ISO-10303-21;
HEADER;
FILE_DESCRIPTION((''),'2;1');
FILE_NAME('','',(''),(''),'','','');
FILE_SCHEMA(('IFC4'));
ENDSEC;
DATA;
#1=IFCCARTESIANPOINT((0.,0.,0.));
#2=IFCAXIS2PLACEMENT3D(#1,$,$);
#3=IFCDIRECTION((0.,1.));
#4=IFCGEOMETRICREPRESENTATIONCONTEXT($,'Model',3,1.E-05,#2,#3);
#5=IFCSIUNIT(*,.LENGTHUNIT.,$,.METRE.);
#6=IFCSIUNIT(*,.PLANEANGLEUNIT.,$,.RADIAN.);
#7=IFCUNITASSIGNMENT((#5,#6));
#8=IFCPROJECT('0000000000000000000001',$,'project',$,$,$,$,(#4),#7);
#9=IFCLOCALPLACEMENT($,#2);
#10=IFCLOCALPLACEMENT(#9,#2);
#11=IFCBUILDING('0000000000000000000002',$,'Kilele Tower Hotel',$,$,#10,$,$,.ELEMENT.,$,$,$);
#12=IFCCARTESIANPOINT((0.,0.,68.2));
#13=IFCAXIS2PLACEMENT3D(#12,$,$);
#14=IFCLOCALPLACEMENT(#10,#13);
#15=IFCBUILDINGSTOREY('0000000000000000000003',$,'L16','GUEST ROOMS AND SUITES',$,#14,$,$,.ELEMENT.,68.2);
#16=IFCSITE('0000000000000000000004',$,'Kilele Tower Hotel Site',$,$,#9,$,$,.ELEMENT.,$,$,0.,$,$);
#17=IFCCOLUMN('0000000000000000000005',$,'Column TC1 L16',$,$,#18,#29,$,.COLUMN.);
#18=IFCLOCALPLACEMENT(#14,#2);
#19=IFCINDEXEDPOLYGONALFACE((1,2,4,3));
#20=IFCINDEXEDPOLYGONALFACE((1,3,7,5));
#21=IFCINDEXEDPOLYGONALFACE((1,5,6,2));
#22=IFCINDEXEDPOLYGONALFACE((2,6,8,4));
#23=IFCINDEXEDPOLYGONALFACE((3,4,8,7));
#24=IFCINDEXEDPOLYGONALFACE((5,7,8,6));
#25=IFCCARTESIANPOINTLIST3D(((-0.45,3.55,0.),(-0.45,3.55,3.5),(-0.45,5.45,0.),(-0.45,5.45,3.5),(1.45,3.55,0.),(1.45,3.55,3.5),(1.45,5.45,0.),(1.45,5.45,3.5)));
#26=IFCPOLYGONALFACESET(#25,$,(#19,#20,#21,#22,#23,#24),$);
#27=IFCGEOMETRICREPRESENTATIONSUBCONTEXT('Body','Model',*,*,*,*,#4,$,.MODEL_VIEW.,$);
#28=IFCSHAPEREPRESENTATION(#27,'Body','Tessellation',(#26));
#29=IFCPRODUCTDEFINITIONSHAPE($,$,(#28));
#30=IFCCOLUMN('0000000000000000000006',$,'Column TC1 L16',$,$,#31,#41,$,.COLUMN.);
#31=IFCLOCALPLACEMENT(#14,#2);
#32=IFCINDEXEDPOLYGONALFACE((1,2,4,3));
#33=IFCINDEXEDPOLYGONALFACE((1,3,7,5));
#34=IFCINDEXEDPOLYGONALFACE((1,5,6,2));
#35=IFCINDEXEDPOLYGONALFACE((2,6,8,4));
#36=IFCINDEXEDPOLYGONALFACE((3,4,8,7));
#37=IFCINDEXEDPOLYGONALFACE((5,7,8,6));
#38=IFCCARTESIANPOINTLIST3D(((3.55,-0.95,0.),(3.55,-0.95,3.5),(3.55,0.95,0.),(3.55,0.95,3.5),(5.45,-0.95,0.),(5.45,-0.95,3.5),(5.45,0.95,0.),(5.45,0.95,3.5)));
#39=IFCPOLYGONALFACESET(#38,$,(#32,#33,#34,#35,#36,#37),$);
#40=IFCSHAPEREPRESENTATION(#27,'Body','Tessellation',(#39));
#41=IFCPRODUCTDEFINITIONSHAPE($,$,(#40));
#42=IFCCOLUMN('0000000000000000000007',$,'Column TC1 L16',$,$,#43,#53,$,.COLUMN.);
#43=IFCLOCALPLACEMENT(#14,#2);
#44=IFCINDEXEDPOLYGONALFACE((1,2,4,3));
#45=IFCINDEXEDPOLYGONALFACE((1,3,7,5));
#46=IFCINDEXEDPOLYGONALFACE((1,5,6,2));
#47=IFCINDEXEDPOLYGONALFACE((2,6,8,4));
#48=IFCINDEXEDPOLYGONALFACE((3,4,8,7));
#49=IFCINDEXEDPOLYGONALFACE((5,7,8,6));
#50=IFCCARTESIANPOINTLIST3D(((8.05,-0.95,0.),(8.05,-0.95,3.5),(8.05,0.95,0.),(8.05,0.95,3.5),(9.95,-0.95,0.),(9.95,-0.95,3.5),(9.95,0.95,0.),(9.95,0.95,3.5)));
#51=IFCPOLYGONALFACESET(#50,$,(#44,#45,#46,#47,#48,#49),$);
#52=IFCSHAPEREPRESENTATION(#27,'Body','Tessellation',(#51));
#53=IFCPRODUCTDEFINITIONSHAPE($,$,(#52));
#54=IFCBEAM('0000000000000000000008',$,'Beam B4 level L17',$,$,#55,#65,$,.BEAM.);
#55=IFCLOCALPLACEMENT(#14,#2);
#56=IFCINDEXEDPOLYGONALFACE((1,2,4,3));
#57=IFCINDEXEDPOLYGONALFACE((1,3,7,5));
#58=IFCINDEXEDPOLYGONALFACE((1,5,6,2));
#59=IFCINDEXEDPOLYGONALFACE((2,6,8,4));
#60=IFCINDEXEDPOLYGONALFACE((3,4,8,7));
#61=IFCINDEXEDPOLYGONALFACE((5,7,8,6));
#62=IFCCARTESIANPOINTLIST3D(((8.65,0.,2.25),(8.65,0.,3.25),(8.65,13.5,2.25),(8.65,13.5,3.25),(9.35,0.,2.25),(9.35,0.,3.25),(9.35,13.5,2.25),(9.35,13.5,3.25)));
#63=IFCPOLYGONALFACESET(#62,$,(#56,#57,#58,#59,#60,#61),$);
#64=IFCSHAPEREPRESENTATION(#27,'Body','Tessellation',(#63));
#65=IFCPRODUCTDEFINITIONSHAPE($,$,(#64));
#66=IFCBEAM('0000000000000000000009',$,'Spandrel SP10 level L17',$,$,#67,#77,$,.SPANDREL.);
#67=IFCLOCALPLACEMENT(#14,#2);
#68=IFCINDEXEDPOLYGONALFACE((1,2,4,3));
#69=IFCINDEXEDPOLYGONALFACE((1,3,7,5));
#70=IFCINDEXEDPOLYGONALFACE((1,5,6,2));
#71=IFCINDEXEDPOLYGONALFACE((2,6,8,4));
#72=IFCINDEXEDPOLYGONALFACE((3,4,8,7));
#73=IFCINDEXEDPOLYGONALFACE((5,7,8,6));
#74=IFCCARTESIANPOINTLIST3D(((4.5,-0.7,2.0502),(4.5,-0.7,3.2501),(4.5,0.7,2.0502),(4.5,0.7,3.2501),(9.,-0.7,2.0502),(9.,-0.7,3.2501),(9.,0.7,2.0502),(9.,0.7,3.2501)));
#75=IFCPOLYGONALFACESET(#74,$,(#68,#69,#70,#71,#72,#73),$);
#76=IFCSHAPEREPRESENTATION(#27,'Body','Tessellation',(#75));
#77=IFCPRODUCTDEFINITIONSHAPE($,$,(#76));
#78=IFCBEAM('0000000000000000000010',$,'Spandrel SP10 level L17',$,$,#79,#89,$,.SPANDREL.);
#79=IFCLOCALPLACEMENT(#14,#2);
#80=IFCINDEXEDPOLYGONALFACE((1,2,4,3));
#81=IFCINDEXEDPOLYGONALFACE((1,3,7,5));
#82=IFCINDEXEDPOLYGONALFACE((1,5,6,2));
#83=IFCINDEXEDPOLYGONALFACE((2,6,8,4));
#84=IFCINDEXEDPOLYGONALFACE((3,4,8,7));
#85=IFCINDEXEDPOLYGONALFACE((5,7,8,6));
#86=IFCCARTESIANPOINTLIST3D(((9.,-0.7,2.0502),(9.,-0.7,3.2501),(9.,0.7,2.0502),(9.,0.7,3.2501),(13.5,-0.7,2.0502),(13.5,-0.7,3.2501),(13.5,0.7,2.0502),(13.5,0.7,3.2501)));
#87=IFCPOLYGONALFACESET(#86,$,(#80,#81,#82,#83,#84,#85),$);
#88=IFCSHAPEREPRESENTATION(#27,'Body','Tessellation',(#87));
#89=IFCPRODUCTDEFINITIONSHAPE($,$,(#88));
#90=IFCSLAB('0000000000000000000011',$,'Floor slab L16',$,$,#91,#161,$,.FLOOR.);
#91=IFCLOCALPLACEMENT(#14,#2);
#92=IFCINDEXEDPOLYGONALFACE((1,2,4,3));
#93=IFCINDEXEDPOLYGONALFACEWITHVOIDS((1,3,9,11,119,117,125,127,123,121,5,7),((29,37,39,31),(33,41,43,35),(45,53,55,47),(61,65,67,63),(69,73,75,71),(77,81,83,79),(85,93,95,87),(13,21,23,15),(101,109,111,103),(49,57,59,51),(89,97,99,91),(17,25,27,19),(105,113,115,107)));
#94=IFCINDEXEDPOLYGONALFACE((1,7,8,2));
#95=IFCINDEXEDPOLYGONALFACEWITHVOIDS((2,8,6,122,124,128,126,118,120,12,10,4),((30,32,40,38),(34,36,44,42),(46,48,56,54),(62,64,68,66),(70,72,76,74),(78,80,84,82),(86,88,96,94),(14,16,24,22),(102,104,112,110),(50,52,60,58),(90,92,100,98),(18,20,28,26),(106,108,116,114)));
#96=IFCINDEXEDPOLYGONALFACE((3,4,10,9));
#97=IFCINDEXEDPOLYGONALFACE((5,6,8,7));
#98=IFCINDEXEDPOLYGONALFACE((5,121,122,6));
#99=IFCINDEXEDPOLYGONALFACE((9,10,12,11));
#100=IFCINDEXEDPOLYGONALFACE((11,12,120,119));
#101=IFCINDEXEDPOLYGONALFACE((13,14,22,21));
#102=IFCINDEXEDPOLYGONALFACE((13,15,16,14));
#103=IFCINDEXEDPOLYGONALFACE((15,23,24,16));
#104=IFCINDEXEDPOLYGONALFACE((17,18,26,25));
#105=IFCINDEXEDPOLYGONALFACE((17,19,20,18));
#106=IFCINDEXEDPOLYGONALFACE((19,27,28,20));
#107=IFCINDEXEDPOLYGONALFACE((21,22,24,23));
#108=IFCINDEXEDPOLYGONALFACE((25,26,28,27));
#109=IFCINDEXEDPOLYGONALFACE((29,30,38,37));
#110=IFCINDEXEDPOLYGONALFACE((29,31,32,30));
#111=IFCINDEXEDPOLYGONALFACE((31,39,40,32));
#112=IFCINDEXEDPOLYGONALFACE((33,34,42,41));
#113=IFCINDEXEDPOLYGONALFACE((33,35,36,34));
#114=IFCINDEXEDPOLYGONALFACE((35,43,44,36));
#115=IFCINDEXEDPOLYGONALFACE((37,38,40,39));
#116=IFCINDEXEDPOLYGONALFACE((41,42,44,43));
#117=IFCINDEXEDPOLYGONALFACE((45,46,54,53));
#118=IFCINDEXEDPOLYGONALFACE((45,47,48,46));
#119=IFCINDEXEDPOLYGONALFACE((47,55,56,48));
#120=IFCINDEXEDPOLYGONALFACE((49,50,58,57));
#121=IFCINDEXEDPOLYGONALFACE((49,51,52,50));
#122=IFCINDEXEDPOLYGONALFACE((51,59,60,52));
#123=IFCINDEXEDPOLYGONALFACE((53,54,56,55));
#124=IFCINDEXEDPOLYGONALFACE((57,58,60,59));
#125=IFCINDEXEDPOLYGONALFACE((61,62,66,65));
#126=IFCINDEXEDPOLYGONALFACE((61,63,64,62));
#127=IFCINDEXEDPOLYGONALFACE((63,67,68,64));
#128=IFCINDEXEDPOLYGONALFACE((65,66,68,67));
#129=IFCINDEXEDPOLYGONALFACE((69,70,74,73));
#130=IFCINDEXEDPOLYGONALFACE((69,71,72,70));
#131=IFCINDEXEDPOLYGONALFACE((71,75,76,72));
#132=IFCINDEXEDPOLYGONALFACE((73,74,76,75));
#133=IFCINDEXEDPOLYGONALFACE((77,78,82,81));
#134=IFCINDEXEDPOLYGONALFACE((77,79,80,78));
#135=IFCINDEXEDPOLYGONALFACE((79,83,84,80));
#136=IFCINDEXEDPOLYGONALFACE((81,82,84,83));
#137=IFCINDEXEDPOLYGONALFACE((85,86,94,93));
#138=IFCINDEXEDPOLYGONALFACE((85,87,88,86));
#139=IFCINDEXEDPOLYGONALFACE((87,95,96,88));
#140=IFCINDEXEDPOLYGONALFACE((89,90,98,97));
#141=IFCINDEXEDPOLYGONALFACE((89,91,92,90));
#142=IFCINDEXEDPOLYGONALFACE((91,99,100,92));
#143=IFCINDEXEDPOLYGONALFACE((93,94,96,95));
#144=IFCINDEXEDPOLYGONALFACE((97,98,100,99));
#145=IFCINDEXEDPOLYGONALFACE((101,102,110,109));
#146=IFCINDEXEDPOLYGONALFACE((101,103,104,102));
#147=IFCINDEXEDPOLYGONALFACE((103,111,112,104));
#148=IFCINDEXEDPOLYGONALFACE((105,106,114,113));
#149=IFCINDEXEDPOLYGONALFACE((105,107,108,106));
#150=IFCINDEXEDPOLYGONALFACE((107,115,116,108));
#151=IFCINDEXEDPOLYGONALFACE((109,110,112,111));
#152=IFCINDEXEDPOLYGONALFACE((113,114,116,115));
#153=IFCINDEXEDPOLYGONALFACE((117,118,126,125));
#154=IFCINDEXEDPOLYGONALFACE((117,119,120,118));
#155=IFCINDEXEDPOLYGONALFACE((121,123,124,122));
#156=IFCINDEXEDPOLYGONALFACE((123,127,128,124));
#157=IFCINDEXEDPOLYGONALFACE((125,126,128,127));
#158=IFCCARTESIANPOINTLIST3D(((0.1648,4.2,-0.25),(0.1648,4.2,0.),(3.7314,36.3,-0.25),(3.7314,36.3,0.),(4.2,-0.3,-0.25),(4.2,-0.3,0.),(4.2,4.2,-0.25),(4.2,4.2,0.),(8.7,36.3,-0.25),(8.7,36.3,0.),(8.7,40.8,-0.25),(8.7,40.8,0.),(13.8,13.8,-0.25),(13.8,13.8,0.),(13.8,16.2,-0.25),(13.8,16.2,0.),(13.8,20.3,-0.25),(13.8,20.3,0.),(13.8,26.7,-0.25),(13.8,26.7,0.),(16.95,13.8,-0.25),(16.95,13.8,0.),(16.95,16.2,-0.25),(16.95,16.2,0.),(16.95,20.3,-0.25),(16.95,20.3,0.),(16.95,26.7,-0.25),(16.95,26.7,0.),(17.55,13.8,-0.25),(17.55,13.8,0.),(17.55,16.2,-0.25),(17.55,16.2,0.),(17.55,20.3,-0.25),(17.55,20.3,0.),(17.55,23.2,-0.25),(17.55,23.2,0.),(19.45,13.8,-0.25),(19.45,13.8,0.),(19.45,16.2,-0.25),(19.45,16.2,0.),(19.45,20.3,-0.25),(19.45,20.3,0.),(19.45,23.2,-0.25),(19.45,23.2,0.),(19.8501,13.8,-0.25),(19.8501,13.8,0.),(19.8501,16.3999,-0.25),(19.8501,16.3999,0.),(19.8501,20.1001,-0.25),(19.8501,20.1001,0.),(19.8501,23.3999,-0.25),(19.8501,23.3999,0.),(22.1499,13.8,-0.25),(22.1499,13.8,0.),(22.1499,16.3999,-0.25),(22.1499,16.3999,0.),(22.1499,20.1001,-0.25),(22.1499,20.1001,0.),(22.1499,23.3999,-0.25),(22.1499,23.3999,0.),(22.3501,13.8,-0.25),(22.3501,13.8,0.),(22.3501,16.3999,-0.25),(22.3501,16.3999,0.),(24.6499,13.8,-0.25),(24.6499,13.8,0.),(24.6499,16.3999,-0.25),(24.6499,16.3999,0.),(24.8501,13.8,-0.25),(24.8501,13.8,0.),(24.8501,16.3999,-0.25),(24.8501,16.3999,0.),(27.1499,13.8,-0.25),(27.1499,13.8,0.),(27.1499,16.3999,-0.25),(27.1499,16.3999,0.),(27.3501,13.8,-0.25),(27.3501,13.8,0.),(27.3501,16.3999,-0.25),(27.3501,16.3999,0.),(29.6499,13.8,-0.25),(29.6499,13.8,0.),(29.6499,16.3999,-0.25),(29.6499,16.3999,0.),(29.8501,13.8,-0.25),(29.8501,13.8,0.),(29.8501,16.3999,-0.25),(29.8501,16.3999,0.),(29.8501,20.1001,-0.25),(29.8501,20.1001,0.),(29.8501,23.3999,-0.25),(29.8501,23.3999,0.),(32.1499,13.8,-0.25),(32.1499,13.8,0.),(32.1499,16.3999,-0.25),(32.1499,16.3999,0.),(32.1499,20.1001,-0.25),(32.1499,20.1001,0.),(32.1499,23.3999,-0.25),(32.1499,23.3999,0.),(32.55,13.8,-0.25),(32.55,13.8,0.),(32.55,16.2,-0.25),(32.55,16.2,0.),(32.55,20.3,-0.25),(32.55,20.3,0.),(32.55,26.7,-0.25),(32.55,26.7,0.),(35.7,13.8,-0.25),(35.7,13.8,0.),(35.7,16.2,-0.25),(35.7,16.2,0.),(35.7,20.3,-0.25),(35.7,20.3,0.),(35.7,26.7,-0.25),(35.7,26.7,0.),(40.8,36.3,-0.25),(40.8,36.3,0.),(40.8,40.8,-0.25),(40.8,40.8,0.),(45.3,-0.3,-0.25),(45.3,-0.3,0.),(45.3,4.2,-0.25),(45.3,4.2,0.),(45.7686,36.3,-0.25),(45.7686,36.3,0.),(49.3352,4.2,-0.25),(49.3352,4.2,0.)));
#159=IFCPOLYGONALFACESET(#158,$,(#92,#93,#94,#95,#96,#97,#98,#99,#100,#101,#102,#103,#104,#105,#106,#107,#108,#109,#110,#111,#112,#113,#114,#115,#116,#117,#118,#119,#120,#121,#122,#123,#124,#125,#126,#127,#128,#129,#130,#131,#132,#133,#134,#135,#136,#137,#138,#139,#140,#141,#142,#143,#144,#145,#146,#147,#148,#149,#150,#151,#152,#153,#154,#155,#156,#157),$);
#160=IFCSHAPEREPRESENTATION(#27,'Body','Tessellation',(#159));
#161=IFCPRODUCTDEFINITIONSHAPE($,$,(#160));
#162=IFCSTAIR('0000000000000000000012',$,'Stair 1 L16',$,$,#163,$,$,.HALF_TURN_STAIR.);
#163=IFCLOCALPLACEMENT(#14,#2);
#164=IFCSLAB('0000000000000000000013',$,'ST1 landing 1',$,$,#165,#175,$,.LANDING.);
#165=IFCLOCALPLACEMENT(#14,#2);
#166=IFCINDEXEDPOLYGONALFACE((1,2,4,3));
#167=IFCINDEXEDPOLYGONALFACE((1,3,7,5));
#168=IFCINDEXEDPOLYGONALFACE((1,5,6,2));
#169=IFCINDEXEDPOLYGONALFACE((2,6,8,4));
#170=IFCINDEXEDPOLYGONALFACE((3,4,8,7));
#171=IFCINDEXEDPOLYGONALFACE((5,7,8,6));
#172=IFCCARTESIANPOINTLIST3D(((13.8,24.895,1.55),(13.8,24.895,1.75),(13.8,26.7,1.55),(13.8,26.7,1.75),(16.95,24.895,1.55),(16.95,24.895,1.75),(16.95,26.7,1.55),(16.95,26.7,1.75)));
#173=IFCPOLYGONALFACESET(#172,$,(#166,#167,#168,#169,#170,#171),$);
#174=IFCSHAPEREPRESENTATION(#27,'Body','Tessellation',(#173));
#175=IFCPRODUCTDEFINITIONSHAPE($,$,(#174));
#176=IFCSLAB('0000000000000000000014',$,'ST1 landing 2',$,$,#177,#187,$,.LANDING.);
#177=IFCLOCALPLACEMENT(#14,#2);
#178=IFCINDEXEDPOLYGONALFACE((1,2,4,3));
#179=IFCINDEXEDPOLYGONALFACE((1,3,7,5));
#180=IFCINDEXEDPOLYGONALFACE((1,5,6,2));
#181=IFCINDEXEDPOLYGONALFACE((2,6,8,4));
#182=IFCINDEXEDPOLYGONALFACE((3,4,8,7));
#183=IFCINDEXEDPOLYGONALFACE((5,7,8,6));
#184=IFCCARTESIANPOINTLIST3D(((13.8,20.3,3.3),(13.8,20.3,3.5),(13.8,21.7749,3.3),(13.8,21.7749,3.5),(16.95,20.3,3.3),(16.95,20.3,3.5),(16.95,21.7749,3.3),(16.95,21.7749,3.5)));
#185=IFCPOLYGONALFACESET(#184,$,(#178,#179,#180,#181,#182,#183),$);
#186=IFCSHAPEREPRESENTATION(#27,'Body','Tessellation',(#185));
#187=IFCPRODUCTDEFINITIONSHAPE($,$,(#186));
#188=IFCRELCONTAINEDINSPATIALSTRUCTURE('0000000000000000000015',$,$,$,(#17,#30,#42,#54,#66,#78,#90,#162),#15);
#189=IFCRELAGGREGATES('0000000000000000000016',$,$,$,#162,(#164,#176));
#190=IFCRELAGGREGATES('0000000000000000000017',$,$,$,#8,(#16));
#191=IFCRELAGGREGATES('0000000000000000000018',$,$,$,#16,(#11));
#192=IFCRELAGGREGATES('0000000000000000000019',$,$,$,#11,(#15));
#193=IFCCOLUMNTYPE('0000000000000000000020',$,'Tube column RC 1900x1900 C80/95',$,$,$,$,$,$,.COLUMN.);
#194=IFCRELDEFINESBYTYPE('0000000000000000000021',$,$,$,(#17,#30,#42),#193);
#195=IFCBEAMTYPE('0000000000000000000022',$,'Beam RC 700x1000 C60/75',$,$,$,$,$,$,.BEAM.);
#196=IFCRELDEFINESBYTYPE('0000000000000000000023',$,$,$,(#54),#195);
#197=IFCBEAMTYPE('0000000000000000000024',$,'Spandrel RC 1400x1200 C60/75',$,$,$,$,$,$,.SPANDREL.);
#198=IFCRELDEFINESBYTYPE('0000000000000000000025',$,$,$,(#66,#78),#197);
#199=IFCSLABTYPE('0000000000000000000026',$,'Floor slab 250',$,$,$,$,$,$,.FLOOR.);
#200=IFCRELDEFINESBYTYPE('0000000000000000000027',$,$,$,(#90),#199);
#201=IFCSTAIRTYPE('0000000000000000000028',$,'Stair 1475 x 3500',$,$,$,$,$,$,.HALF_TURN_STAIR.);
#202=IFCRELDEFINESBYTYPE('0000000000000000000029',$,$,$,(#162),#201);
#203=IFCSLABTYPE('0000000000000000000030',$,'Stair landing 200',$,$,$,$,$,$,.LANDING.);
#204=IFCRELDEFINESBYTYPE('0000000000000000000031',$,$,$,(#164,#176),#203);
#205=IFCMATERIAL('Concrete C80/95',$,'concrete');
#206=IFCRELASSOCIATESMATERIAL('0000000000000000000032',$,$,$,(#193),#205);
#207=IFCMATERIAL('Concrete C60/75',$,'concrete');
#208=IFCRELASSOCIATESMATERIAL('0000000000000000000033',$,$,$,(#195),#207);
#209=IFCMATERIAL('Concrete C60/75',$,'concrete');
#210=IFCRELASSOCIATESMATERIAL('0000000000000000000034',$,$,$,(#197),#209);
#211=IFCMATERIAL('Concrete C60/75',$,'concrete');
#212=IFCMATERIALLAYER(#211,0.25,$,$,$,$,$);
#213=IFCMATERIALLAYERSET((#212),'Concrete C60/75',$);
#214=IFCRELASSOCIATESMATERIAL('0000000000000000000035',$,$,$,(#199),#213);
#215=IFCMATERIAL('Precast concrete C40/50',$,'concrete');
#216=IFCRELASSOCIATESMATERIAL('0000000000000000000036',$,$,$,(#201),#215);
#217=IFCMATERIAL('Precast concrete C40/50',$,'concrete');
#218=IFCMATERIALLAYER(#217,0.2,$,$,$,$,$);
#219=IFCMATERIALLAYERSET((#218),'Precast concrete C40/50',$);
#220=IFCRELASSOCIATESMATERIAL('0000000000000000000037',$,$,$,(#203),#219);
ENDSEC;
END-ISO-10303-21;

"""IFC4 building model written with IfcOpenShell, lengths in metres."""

from ifc_helpers import new_model, si_unit, direction, frame, origin, origin_2d, place, context, subcontext, project, spatial, polyline, rectangle, outline, extrude, material, layer, layer_set, material_profile, profile_set, type_object, element, aggregate, save


model = new_model("IFC4")

# Units and contexts
model_context = context("Model", 3, precision=1e-05, world=origin(), true_north=direction((0.0, 1.0)))
body_context = subcontext(model_context, "Body", "Model", "MODEL_VIEW")
ifc_project = project(units=[si_unit("LENGTHUNIT", "METRE"), si_unit("PLANEANGLEUNIT", "RADIAN")], contexts=[model_context])

# Site, building, storey
site_placement = place(None, origin())
site = spatial("IfcSite", under=ifc_project, at=site_placement, Name="Kilele Tower Hotel Site", CompositionType="ELEMENT", RefElevation=0.0)
building_placement = place(site_placement, origin())
building = spatial("IfcBuilding", under=site, at=building_placement, Name="Kilele Tower Hotel", CompositionType="ELEMENT")
storey_placement = place(building_placement, frame((0.0, 0.0, 68.2)))
storey = spatial("IfcBuildingStorey", under=building, at=storey_placement, Name="L16", Description="GUEST ROOMS AND SUITES", CompositionType="ELEMENT", Elevation=68.2)

# Columns
ifc_material_1 = material(Name="Concrete C80/95", Category="concrete")
ifc_material_profile_1 = material_profile(ifc_material_1, rectangle(XDim=1.8999, YDim=1.8999, at=origin_2d()))
ifc_profile_set_1 = profile_set([ifc_material_profile_1], Name="Concrete C80/95")
column_type = type_object("IfcColumnType", Name="Tube column RC 1900x1900 C80/95", PredefinedType="COLUMN", material=ifc_profile_set_1)
for number, where, z_axis, x_axis, name in (
    (1, (0.5, 4.5, 0.0), (0.0, 0.0, 1.0), (1.0, 0.0, 0.0), "Column TC1 L16"),
    (2, (4.5, 0.0, 0.0), (0.0, 0.0, 1.0), (1.0, 0.0, 0.0), "Column TC1 L16"),
    (3, (9.0, 0.0, 0.0), (0.0, 0.0, 1.0), (1.0, 0.0, 0.0), "Column TC1 L16"),
):
    element("IfcColumn", number, at=place(storey_placement, frame(where, z_axis=z_axis, x_axis=x_axis)), inside=storey, type_object=column_type, Name=name, PredefinedType="COLUMN", context=body_context, shape_type="SweptSolid", body=[
        extrude(rectangle(XDim=1.8999, YDim=1.8999, at=origin_2d()), origin(), (0.0, 0.0, 1.0), 3.5),
    ])

# Beams
ifc_material_2 = material(Name="Concrete C60/75", Category="concrete")
ifc_material_profile_2 = material_profile(ifc_material_2, rectangle(XDim=0.7, YDim=1.0, at=origin_2d()))
ifc_profile_set_2 = profile_set([ifc_material_profile_2], Name="Concrete C60/75")
beam_type_1 = type_object("IfcBeamType", Name="Beam RC 700x1000 C60/75", PredefinedType="BEAM", material=ifc_profile_set_2)
beam_placement = place(storey_placement, frame((9.0, 0.0, 2.75), z_axis=(0.0, 1.0, 0.0), x_axis=(-1.0, 0.0, 0.0)))
element("IfcBeam", 4, at=beam_placement, inside=storey, type_object=beam_type_1, Name="Beam B4 level L17", PredefinedType="BEAM", context=body_context, shape_type="SweptSolid", body=[
    extrude(rectangle(XDim=0.7, YDim=1.0, at=origin_2d()), origin(), (0.0, 0.0, 1.0), 13.5),
])
ifc_material_3 = material(Name="Concrete C60/75", Category="concrete")
ifc_material_profile_3 = material_profile(ifc_material_3, rectangle(XDim=1.3999, YDim=1.2, at=origin_2d()))
ifc_profile_set_3 = profile_set([ifc_material_profile_3], Name="Concrete C60/75")
beam_type_2 = type_object("IfcBeamType", Name="Spandrel RC 1400x1200 C60/75", PredefinedType="SPANDREL", material=ifc_profile_set_3)
for number, where, z_axis, x_axis, name in (
    (5, (4.5, 0.0, 2.6501), (1.0, 0.0, 0.0), (0.0, 1.0, 0.0), "Spandrel SP10 level L17"),
    (6, (9.0, 0.0, 2.6501), (1.0, 0.0, 0.0), (0.0, 1.0, 0.0), "Spandrel SP10 level L17"),
):
    element("IfcBeam", number, at=place(storey_placement, frame(where, z_axis=z_axis, x_axis=x_axis)), inside=storey, type_object=beam_type_2, Name=name, PredefinedType="SPANDREL", context=body_context, shape_type="SweptSolid", body=[
        extrude(rectangle(XDim=1.3999, YDim=1.2, at=origin_2d()), origin(), (0.0, 0.0, 1.0), 4.5),
    ])

# Slab
ifc_material_4 = material(Name="Concrete C60/75", Category="concrete")
ifc_layer_1 = layer(ifc_material_4, 0.25)
ifc_layer_set_1 = layer_set([ifc_layer_1], Name="Concrete C60/75")
slab_type_1 = type_object("IfcSlabType", Name="Floor slab 250", PredefinedType="FLOOR", material=ifc_layer_set_1)
slab_1_placement = place(storey_placement, frame((0.0, 0.0, -0.25)))
element("IfcSlab", 7, at=slab_1_placement, inside=storey, type_object=slab_type_1, Name="Floor slab L16", PredefinedType="FLOOR", context=body_context, shape_type="SweptSolid", body=[
    extrude(outline(polyline([(8.7, 36.3), (8.7, 40.8), (40.8, 40.8), (40.8, 36.3), (45.7686, 36.3), (49.3352, 4.2), (45.3, 4.2), (45.3, -0.3), (4.2, -0.3), (4.2, 4.2), (0.1648, 4.2), (3.7314, 36.3), (8.7, 36.3)]), holes=[polyline([(16.95, 16.2), (13.8, 16.2), (13.8, 13.8), (16.95, 13.8), (16.95, 16.2)]), polyline([(19.45, 13.8), (19.45, 16.2), (17.55, 16.2), (17.55, 13.8), (19.45, 13.8)]), polyline([(22.1499, 13.8), (22.1499, 16.3999), (19.8501, 16.3999), (19.8501, 13.8), (22.1499, 13.8)]), polyline([(24.6499, 16.3999), (22.3501, 16.3999), (22.3501, 13.8), (24.6499, 13.8), (24.6499, 16.3999)]), polyline([(19.45, 20.3), (19.45, 23.2), (17.55, 23.2), (17.55, 20.3), (19.45, 20.3)]), polyline([(22.1499, 20.1001), (22.1499, 23.3999), (19.8501, 23.3999), (19.8501, 20.1001), (22.1499, 20.1001)]), polyline([(16.95, 26.7), (13.8, 26.7), (13.8, 20.3), (16.95, 20.3), (16.95, 26.7)]), polyline([(35.7, 13.8), (35.7, 16.2), (32.55, 16.2), (32.55, 13.8), (35.7, 13.8)]), polyline([(27.1499, 13.8), (27.1499, 16.3999), (24.8501, 16.3999), (24.8501, 13.8), (27.1499, 13.8)]), polyline([(29.6499, 13.8), (29.6499, 16.3999), (27.3501, 16.3999), (27.3501, 13.8), (29.6499, 13.8)]), polyline([(32.1499, 13.8), (32.1499, 16.3999), (29.8501, 16.3999), (29.8501, 13.8), (32.1499, 13.8)]), polyline([(32.1499, 20.1001), (32.1499, 23.3999), (29.8501, 23.3999), (29.8501, 20.1001), (32.1499, 20.1001)]), polyline([(35.7, 20.3), (35.7, 26.7), (32.55, 26.7), (32.55, 20.3), (35.7, 20.3)])]), origin(), (0.0, 0.0, 1.0), 0.25),
])

# Stair, slabs
ifc_material_5 = material(Name="Precast concrete C40/50", Category="concrete")
stair_type = type_object("IfcStairType", Name="Stair 1475 x 3500", PredefinedType="HALF_TURN_STAIR", material=ifc_material_5)
stair_1_placement = place(storey_placement, origin())
stair_1 = element("IfcStair", 8, at=stair_1_placement, inside=storey, type_object=stair_type, Name="Stair 1 L16", PredefinedType="HALF_TURN_STAIR")
ifc_material_6 = material(Name="Precast concrete C40/50", Category="concrete")
ifc_layer_2 = layer(ifc_material_6, 0.2)
ifc_layer_set_2 = layer_set([ifc_layer_2], Name="Precast concrete C40/50")
slab_type_2 = type_object("IfcSlabType", Name="Stair landing 200", PredefinedType="LANDING", material=ifc_layer_set_2)
slab_2_placement = place(storey_placement, frame((0.0, 0.0, 1.55)))
slab_2 = element("IfcSlab", 9, at=slab_2_placement, type_object=slab_type_2, Name="ST1 landing 1", PredefinedType="LANDING", context=body_context, shape_type="SweptSolid", body=[
    extrude(outline(polyline([(13.8, 24.895), (16.95, 24.895), (16.95, 26.7), (13.8, 26.7), (13.8, 24.895)])), origin(), (0.0, 0.0, 1.0), 0.2),
])
slab_3_placement = place(storey_placement, frame((0.0, 0.0, 3.3)))
slab_3 = element("IfcSlab", 10, at=slab_3_placement, type_object=slab_type_2, Name="ST1 landing 2", PredefinedType="LANDING", context=body_context, shape_type="SweptSolid", body=[
    extrude(outline(polyline([(13.8, 20.3), (16.95, 20.3), (16.95, 21.7749), (13.8, 21.7749), (13.8, 20.3)])), origin(), (0.0, 0.0, 1.0), 0.2),
])
aggregate(stair_1, [slab_2, slab_3])

save(model, "model.ifc")
